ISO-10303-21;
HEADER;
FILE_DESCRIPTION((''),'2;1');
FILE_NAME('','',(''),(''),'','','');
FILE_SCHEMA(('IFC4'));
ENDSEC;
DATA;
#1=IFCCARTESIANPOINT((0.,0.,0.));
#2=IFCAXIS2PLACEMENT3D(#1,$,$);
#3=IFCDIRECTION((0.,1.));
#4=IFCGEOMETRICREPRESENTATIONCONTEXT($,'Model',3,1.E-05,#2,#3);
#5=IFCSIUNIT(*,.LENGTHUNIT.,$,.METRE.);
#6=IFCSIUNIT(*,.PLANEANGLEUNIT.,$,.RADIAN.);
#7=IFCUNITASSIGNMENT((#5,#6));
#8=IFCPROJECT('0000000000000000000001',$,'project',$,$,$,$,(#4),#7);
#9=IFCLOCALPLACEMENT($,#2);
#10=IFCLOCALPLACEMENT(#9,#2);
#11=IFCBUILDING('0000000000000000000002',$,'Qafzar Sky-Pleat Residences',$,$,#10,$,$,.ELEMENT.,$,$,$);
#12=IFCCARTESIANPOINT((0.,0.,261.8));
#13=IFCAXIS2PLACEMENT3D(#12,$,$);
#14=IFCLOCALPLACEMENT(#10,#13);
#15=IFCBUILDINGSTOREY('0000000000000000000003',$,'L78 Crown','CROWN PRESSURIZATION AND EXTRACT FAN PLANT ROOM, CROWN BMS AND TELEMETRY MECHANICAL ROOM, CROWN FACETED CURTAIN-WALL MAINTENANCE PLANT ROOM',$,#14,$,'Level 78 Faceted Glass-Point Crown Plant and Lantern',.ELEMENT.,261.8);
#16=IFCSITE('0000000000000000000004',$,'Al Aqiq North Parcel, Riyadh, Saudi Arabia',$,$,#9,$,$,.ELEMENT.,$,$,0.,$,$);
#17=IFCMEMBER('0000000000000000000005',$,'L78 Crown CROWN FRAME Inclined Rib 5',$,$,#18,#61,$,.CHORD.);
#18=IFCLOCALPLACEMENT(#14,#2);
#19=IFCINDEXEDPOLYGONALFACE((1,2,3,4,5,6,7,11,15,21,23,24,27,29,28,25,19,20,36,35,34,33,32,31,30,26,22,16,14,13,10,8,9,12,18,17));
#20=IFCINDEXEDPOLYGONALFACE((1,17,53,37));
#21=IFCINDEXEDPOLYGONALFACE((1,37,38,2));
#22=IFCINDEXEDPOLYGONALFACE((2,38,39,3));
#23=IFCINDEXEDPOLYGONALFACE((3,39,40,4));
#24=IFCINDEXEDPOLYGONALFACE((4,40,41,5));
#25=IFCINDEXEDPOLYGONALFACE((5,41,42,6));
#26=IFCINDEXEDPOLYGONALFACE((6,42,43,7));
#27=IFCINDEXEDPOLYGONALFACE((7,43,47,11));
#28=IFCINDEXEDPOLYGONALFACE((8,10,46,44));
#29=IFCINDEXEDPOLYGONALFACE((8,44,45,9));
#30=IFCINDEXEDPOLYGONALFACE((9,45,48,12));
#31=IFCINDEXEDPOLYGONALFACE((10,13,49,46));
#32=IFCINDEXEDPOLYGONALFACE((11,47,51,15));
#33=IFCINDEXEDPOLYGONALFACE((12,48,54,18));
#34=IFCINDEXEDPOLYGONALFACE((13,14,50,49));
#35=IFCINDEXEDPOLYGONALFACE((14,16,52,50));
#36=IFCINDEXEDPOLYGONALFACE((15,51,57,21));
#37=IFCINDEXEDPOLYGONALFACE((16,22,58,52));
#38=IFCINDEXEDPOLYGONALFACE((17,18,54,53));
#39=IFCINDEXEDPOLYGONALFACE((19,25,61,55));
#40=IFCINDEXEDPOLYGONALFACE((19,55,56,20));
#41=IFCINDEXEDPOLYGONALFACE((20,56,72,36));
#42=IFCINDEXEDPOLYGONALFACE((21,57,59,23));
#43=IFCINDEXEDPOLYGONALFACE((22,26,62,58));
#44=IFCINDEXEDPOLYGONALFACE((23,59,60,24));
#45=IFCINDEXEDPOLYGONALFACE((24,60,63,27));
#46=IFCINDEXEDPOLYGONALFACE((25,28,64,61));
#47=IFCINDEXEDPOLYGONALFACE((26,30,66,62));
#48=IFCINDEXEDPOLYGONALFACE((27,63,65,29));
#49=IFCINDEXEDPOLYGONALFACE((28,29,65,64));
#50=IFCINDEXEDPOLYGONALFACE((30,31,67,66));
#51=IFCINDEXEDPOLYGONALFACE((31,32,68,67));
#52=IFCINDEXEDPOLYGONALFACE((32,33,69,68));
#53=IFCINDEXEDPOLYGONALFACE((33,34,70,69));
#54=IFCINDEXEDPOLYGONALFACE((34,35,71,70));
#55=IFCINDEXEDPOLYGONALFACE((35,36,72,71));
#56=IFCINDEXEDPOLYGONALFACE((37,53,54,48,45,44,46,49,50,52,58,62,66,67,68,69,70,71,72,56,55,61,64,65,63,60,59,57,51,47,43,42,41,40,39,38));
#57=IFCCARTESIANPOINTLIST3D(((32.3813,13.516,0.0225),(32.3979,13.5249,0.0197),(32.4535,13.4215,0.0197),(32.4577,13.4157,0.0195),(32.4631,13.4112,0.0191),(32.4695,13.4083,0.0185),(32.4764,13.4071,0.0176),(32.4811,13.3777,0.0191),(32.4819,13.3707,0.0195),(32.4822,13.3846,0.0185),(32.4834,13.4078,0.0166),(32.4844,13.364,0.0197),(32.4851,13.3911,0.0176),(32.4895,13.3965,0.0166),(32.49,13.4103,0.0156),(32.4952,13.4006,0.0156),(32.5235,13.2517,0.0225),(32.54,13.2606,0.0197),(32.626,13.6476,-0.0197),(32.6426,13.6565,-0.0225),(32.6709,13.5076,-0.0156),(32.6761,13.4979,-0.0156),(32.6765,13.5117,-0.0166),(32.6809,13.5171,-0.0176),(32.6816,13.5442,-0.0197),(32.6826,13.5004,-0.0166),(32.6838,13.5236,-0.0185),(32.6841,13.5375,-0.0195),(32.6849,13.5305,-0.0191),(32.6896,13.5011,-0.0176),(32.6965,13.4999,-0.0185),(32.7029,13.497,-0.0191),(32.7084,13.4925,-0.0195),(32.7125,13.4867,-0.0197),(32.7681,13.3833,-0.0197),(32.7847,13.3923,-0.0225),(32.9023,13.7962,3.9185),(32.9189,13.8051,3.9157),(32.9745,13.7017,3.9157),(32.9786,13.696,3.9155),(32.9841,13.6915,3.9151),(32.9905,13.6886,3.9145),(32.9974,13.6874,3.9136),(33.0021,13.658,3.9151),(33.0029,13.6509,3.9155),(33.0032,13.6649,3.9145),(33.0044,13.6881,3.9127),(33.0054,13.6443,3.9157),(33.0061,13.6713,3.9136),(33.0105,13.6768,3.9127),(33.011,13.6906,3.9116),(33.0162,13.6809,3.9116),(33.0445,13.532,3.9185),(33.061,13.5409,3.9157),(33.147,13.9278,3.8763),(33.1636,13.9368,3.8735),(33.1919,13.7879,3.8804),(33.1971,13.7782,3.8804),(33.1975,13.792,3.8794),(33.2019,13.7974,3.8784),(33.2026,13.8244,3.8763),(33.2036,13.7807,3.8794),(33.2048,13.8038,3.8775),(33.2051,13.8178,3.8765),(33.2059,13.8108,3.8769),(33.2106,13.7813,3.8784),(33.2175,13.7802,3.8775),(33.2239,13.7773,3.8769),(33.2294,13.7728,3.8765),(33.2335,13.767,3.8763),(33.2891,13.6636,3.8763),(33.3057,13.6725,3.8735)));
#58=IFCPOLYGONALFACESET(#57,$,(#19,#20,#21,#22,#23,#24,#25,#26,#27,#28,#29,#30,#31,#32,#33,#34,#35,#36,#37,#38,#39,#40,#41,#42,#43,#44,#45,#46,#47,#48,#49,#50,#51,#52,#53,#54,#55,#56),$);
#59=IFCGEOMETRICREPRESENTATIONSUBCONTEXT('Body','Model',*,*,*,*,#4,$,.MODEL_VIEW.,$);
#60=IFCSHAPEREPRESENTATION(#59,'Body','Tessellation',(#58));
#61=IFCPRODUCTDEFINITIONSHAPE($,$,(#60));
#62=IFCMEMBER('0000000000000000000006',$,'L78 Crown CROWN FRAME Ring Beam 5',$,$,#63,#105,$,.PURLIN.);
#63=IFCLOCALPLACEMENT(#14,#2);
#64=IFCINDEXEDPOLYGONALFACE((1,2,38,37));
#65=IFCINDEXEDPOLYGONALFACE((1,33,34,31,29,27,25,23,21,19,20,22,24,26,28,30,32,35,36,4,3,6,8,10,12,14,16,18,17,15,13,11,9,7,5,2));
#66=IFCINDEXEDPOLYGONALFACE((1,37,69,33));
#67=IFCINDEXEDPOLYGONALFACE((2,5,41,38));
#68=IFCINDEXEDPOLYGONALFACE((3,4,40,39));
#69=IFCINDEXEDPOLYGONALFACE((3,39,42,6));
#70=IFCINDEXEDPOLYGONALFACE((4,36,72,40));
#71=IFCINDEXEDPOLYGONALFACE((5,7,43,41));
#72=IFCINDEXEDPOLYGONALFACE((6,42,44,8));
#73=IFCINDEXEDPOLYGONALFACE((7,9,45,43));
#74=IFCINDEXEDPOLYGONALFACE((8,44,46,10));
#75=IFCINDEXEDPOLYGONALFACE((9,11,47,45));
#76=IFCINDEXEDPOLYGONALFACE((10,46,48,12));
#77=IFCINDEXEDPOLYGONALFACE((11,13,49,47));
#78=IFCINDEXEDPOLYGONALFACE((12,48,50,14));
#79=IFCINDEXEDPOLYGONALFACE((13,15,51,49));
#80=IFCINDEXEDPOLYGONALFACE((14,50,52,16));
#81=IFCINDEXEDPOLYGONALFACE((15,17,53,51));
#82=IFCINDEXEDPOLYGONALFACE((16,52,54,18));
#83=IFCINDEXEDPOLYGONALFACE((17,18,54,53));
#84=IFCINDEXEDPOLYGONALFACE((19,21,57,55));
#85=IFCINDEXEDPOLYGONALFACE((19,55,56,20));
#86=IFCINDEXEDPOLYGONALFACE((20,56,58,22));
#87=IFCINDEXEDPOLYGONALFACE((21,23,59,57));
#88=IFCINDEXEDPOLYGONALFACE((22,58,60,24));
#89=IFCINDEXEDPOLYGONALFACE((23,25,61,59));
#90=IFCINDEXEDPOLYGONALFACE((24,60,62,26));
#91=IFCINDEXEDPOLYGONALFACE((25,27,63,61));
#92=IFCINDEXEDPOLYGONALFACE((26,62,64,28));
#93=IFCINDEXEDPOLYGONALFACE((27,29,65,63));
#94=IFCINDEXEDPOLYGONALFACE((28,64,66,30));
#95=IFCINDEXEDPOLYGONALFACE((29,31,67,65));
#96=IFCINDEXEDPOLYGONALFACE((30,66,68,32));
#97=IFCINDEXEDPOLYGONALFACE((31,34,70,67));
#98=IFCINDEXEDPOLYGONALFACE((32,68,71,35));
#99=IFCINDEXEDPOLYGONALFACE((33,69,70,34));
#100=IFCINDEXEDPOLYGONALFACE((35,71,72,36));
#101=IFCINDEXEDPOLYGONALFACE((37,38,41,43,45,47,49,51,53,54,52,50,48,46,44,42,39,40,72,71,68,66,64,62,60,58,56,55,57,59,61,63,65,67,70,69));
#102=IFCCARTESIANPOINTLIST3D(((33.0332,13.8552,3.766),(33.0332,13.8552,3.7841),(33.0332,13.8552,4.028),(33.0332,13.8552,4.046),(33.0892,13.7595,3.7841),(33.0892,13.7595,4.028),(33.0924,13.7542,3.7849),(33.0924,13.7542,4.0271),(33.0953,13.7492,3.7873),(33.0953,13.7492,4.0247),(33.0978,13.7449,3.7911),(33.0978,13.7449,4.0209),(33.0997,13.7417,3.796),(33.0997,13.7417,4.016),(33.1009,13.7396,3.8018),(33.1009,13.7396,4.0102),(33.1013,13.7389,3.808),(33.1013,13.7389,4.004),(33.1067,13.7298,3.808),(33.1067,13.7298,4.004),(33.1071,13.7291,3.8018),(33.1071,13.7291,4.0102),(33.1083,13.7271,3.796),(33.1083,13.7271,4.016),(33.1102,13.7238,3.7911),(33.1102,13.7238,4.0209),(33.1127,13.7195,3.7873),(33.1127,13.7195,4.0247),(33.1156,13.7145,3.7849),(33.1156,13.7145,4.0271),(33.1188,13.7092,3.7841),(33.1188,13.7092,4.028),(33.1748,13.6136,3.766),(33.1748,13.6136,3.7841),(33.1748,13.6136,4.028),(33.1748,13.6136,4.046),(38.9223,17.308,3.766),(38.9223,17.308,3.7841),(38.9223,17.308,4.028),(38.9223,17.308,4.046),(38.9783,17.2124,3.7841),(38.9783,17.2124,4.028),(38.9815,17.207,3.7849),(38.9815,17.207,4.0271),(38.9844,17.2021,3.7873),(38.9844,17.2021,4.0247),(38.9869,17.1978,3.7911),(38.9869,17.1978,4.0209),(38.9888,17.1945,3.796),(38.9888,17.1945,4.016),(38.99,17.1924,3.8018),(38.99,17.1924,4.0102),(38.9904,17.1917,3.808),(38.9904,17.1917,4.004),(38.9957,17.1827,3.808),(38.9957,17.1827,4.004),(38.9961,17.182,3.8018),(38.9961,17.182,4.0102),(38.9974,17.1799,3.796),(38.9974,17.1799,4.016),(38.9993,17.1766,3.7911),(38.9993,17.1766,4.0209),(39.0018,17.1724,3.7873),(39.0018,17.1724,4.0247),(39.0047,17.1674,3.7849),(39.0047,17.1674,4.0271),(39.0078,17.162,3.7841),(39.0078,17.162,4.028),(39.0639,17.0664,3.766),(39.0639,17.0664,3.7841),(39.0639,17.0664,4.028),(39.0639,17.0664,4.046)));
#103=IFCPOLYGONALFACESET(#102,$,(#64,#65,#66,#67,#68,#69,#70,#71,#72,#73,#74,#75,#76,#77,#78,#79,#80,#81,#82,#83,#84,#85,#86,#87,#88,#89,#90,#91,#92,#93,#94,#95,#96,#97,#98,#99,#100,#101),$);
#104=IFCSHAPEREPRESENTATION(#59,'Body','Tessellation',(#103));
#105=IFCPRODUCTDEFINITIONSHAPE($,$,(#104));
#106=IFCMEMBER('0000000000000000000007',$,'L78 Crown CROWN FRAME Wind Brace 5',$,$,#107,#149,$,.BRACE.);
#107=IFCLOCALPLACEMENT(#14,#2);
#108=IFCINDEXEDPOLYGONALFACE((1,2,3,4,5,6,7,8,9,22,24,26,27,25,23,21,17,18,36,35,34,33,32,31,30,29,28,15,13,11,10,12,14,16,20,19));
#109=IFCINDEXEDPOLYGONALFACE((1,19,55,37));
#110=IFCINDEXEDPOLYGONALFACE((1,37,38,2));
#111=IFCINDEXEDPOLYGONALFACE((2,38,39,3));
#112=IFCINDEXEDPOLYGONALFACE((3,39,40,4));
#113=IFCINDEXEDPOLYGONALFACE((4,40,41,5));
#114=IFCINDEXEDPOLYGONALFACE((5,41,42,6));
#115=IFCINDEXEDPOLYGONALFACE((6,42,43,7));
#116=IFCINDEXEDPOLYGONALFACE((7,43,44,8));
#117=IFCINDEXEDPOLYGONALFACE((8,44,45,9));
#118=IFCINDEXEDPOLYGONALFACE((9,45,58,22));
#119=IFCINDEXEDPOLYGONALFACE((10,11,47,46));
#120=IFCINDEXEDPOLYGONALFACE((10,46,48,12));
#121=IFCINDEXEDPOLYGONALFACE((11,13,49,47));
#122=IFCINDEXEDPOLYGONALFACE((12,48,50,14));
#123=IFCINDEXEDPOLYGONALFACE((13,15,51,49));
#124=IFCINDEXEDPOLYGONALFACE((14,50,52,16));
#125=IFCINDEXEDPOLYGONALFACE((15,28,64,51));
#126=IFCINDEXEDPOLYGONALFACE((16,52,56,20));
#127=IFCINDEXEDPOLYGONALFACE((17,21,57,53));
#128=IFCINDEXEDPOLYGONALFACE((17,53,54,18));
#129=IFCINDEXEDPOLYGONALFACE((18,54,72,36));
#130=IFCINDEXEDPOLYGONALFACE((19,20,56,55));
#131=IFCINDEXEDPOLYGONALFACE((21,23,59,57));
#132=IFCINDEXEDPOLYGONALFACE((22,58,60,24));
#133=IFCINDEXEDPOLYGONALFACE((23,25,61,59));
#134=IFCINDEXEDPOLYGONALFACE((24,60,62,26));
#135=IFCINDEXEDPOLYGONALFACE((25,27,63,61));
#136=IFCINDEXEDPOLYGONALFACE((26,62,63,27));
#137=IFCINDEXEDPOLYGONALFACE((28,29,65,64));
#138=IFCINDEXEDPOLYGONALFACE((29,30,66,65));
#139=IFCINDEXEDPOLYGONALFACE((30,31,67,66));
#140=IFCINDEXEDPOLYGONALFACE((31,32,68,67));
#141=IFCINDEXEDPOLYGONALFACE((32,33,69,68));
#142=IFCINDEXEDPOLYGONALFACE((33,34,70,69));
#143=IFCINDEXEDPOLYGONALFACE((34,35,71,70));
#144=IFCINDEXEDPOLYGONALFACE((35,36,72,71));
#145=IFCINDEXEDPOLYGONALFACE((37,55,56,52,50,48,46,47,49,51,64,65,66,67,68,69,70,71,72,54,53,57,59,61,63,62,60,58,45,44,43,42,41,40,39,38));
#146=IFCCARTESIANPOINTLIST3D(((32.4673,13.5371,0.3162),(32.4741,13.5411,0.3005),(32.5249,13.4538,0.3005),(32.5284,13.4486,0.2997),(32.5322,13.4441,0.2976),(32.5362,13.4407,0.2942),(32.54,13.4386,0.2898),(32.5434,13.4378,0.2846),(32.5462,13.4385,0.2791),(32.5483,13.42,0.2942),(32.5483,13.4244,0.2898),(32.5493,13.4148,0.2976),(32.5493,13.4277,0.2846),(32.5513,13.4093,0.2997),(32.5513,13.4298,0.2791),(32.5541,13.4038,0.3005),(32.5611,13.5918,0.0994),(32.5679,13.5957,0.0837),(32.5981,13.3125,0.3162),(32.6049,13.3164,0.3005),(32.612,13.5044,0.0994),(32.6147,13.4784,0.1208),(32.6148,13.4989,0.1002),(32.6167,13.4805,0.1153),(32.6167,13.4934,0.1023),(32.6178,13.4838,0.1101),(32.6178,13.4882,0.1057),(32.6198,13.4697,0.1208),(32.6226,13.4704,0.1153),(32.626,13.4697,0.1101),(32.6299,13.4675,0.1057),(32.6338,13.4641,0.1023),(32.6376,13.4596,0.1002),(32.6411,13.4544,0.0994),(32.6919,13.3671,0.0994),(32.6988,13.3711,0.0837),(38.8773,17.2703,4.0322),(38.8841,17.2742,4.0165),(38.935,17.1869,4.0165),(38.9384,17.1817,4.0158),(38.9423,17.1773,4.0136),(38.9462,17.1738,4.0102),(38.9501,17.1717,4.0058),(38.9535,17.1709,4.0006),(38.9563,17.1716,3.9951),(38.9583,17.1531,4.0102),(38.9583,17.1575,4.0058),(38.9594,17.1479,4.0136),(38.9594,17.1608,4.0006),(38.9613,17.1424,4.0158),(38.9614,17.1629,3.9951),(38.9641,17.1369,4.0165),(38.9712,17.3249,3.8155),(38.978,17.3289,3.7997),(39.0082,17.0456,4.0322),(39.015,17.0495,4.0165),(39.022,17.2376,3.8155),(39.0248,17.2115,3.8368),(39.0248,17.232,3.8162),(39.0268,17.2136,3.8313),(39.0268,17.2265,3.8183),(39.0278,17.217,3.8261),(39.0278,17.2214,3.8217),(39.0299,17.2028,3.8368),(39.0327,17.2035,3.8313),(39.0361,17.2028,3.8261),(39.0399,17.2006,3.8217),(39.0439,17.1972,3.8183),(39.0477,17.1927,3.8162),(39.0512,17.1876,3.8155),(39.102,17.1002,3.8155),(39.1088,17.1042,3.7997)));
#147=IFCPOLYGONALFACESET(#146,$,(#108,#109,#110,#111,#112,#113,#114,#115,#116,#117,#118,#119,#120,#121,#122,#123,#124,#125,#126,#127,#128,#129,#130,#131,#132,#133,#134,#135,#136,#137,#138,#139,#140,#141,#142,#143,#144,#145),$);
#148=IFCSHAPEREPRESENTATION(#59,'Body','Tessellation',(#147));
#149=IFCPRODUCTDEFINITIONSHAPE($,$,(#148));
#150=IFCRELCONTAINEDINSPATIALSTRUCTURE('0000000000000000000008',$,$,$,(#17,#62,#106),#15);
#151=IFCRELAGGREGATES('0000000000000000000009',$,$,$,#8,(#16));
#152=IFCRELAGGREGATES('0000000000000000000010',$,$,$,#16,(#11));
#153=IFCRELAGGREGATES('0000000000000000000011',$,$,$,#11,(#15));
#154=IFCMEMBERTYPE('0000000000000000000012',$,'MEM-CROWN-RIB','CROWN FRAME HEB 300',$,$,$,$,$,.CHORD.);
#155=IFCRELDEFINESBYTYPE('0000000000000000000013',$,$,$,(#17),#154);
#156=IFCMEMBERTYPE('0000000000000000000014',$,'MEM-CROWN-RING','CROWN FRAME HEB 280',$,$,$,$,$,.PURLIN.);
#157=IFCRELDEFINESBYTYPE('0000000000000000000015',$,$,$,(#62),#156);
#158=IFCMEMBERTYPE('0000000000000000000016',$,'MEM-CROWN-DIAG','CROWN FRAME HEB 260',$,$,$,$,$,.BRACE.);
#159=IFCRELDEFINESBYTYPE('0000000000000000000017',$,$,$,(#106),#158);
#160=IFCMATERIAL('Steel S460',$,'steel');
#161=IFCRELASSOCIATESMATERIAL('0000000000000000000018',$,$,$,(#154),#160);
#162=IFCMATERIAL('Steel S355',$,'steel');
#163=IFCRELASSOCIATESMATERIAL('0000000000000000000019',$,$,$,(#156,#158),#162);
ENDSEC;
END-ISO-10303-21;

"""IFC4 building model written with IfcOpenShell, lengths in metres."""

from ifc_helpers import new_model, si_unit, direction, frame, origin, origin_2d, place, context, subcontext, project, spatial, i_section, extrude, source, transform, mapped, material, material_profile, profile_set, type_object, element, save


model = new_model("IFC4")

# Units and contexts
model_context = context("Model", 3, precision=1e-05, world=origin(), true_north=direction((0.0, 1.0)))
body_context = subcontext(model_context, "Body", "Model", "MODEL_VIEW")
ifc_project = project(units=[si_unit("LENGTHUNIT", "METRE"), si_unit("PLANEANGLEUNIT", "RADIAN")], contexts=[model_context])

# Site, building, storey
site_placement = place(None, origin())
site = spatial("IfcSite", under=ifc_project, at=site_placement, Name="Al Aqiq North Parcel, Riyadh, Saudi Arabia", CompositionType="ELEMENT", RefElevation=0.0)
building_placement = place(site_placement, origin())
building = spatial("IfcBuilding", under=site, at=building_placement, Name="Qafzar Sky-Pleat Residences", CompositionType="ELEMENT")
storey_placement = place(building_placement, frame((0.0, 0.0, 261.8)))
storey = spatial("IfcBuildingStorey", under=building, at=storey_placement, Name="L78 Crown", Description="CROWN PRESSURIZATION AND EXTRACT FAN PLANT ROOM, CROWN BMS AND TELEMETRY MECHANICAL ROOM, CROWN FACETED CURTAIN-WALL MAINTENANCE PLANT ROOM", LongName="Level 78 Faceted Glass-Point Crown Plant and Lantern", CompositionType="ELEMENT", Elevation=261.8)

# Members
ifc_material_1 = material(Name="Steel S460", Category="steel")
ifc_material_profile_1 = material_profile(ifc_material_1, i_section(OverallWidth=0.3, OverallDepth=0.3, WebThickness=0.011, FlangeThickness=0.019, FilletRadius=0.0271, at=origin_2d()), Name="HEB 300")
ifc_profile_set_1 = profile_set([ifc_material_profile_1], Name="Steel S460")
member_type_1 = type_object("IfcMemberType", Name="MEM-CROWN-RIB", Description="CROWN FRAME HEB 300", PredefinedType="CHORD", material=ifc_profile_set_1)
shared_shape_1 = source(origin(), body_context, "Body", "SweptSolid", [
    extrude(i_section(OverallWidth=0.3, OverallDepth=0.3, WebThickness=0.011, FlangeThickness=0.019, FilletRadius=0.0271, at=origin_2d()), origin(), (0.0, 0.0, 1.0), 3.9407),
])
member_1_placement = place(storey_placement, frame((32.583, 13.4541, 0.0), z_axis=(0.13221, 0.071124, 0.988667), x_axis=(-0.473755, 0.880657, 0.0)))
element("IfcMember", 1, at=member_1_placement, inside=storey, type_object=member_type_1, Name="L78 Crown CROWN FRAME Inclined Rib 5", PredefinedType="CHORD", context=body_context, shape_type="MappedRepresentation", body=[
    mapped(shared_shape_1, transform((0.0, 0.0, 0.0), x_axis=(1.0, 0.0, 0.0), y_axis=(0.0, 1.0, 0.0), z_axis=(0.0, 0.0, 1.0), scale=1.0)),
])
ifc_material_2 = material(Name="Steel S355", Category="steel")
ifc_material_profile_2 = material_profile(ifc_material_2, i_section(OverallWidth=0.28, OverallDepth=0.28, WebThickness=0.0105, FlangeThickness=0.0181, FilletRadius=0.0239, at=origin_2d()), Name="HEB 280")
ifc_profile_set_2 = profile_set([ifc_material_profile_2], Name="Steel S355")
member_type_2 = type_object("IfcMemberType", Name="MEM-CROWN-RING", Description="CROWN FRAME HEB 280", PredefinedType="PURLIN", material=ifc_profile_set_2)
shared_shape_2 = source(origin(), body_context, "Body", "SweptSolid", [
    extrude(i_section(OverallWidth=0.28, OverallDepth=0.28, WebThickness=0.0105, FlangeThickness=0.0181, FilletRadius=0.0239, at=origin_2d()), origin(), (0.0, 0.0, 1.0), 6.8267),
])
member_2_placement = place(storey_placement, frame((33.104, 13.7344, 3.906), z_axis=(0.862659, 0.505786, 0.0), x_axis=(-0.505786, 0.862659, 0.0)))
element("IfcMember", 2, at=member_2_placement, inside=storey, type_object=member_type_2, Name="L78 Crown CROWN FRAME Ring Beam 5", PredefinedType="PURLIN", context=body_context, shape_type="MappedRepresentation", body=[
    mapped(shared_shape_2, transform((0.0, 0.0, 0.0), x_axis=(1.0, 0.0, 0.0), y_axis=(0.0, 1.0, 0.0), z_axis=(0.0, 0.0, 1.0), scale=1.0)),
])
ifc_material_profile_3 = material_profile(ifc_material_2, i_section(OverallWidth=0.26, OverallDepth=0.26, WebThickness=0.01, FlangeThickness=0.0176, FilletRadius=0.0239, at=origin_2d()), Name="HEB 260")
ifc_profile_set_3 = profile_set([ifc_material_profile_3], Name="Steel S355")
member_type_3 = type_object("IfcMemberType", Name="MEM-CROWN-DIAG", Description="CROWN FRAME HEB 260", PredefinedType="BRACE", material=ifc_profile_set_3)
shared_shape_3 = source(origin(), body_context, "Body", "SweptSolid", [
    extrude(i_section(OverallWidth=0.26, OverallDepth=0.26, WebThickness=0.01, FlangeThickness=0.0176, FilletRadius=0.0239, at=origin_2d()), origin(), (0.0, 0.0, 1.0), 8.2966),
])
member_3_placement = place(storey_placement, frame((32.583, 13.4541, 0.2), z_axis=(0.772613, 0.449955, 0.447895), x_axis=(-0.503257, 0.864137, 0.0)))
element("IfcMember", 3, at=member_3_placement, inside=storey, type_object=member_type_3, Name="L78 Crown CROWN FRAME Wind Brace 5", PredefinedType="BRACE", context=body_context, shape_type="MappedRepresentation", body=[
    mapped(shared_shape_3, transform((0.0, 0.0, 0.0), x_axis=(1.0, 0.0, 0.0), y_axis=(0.0, 1.0, 0.0), z_axis=(0.0, 0.0, 1.0), scale=1.0)),
])

save(model, "model.ifc")
